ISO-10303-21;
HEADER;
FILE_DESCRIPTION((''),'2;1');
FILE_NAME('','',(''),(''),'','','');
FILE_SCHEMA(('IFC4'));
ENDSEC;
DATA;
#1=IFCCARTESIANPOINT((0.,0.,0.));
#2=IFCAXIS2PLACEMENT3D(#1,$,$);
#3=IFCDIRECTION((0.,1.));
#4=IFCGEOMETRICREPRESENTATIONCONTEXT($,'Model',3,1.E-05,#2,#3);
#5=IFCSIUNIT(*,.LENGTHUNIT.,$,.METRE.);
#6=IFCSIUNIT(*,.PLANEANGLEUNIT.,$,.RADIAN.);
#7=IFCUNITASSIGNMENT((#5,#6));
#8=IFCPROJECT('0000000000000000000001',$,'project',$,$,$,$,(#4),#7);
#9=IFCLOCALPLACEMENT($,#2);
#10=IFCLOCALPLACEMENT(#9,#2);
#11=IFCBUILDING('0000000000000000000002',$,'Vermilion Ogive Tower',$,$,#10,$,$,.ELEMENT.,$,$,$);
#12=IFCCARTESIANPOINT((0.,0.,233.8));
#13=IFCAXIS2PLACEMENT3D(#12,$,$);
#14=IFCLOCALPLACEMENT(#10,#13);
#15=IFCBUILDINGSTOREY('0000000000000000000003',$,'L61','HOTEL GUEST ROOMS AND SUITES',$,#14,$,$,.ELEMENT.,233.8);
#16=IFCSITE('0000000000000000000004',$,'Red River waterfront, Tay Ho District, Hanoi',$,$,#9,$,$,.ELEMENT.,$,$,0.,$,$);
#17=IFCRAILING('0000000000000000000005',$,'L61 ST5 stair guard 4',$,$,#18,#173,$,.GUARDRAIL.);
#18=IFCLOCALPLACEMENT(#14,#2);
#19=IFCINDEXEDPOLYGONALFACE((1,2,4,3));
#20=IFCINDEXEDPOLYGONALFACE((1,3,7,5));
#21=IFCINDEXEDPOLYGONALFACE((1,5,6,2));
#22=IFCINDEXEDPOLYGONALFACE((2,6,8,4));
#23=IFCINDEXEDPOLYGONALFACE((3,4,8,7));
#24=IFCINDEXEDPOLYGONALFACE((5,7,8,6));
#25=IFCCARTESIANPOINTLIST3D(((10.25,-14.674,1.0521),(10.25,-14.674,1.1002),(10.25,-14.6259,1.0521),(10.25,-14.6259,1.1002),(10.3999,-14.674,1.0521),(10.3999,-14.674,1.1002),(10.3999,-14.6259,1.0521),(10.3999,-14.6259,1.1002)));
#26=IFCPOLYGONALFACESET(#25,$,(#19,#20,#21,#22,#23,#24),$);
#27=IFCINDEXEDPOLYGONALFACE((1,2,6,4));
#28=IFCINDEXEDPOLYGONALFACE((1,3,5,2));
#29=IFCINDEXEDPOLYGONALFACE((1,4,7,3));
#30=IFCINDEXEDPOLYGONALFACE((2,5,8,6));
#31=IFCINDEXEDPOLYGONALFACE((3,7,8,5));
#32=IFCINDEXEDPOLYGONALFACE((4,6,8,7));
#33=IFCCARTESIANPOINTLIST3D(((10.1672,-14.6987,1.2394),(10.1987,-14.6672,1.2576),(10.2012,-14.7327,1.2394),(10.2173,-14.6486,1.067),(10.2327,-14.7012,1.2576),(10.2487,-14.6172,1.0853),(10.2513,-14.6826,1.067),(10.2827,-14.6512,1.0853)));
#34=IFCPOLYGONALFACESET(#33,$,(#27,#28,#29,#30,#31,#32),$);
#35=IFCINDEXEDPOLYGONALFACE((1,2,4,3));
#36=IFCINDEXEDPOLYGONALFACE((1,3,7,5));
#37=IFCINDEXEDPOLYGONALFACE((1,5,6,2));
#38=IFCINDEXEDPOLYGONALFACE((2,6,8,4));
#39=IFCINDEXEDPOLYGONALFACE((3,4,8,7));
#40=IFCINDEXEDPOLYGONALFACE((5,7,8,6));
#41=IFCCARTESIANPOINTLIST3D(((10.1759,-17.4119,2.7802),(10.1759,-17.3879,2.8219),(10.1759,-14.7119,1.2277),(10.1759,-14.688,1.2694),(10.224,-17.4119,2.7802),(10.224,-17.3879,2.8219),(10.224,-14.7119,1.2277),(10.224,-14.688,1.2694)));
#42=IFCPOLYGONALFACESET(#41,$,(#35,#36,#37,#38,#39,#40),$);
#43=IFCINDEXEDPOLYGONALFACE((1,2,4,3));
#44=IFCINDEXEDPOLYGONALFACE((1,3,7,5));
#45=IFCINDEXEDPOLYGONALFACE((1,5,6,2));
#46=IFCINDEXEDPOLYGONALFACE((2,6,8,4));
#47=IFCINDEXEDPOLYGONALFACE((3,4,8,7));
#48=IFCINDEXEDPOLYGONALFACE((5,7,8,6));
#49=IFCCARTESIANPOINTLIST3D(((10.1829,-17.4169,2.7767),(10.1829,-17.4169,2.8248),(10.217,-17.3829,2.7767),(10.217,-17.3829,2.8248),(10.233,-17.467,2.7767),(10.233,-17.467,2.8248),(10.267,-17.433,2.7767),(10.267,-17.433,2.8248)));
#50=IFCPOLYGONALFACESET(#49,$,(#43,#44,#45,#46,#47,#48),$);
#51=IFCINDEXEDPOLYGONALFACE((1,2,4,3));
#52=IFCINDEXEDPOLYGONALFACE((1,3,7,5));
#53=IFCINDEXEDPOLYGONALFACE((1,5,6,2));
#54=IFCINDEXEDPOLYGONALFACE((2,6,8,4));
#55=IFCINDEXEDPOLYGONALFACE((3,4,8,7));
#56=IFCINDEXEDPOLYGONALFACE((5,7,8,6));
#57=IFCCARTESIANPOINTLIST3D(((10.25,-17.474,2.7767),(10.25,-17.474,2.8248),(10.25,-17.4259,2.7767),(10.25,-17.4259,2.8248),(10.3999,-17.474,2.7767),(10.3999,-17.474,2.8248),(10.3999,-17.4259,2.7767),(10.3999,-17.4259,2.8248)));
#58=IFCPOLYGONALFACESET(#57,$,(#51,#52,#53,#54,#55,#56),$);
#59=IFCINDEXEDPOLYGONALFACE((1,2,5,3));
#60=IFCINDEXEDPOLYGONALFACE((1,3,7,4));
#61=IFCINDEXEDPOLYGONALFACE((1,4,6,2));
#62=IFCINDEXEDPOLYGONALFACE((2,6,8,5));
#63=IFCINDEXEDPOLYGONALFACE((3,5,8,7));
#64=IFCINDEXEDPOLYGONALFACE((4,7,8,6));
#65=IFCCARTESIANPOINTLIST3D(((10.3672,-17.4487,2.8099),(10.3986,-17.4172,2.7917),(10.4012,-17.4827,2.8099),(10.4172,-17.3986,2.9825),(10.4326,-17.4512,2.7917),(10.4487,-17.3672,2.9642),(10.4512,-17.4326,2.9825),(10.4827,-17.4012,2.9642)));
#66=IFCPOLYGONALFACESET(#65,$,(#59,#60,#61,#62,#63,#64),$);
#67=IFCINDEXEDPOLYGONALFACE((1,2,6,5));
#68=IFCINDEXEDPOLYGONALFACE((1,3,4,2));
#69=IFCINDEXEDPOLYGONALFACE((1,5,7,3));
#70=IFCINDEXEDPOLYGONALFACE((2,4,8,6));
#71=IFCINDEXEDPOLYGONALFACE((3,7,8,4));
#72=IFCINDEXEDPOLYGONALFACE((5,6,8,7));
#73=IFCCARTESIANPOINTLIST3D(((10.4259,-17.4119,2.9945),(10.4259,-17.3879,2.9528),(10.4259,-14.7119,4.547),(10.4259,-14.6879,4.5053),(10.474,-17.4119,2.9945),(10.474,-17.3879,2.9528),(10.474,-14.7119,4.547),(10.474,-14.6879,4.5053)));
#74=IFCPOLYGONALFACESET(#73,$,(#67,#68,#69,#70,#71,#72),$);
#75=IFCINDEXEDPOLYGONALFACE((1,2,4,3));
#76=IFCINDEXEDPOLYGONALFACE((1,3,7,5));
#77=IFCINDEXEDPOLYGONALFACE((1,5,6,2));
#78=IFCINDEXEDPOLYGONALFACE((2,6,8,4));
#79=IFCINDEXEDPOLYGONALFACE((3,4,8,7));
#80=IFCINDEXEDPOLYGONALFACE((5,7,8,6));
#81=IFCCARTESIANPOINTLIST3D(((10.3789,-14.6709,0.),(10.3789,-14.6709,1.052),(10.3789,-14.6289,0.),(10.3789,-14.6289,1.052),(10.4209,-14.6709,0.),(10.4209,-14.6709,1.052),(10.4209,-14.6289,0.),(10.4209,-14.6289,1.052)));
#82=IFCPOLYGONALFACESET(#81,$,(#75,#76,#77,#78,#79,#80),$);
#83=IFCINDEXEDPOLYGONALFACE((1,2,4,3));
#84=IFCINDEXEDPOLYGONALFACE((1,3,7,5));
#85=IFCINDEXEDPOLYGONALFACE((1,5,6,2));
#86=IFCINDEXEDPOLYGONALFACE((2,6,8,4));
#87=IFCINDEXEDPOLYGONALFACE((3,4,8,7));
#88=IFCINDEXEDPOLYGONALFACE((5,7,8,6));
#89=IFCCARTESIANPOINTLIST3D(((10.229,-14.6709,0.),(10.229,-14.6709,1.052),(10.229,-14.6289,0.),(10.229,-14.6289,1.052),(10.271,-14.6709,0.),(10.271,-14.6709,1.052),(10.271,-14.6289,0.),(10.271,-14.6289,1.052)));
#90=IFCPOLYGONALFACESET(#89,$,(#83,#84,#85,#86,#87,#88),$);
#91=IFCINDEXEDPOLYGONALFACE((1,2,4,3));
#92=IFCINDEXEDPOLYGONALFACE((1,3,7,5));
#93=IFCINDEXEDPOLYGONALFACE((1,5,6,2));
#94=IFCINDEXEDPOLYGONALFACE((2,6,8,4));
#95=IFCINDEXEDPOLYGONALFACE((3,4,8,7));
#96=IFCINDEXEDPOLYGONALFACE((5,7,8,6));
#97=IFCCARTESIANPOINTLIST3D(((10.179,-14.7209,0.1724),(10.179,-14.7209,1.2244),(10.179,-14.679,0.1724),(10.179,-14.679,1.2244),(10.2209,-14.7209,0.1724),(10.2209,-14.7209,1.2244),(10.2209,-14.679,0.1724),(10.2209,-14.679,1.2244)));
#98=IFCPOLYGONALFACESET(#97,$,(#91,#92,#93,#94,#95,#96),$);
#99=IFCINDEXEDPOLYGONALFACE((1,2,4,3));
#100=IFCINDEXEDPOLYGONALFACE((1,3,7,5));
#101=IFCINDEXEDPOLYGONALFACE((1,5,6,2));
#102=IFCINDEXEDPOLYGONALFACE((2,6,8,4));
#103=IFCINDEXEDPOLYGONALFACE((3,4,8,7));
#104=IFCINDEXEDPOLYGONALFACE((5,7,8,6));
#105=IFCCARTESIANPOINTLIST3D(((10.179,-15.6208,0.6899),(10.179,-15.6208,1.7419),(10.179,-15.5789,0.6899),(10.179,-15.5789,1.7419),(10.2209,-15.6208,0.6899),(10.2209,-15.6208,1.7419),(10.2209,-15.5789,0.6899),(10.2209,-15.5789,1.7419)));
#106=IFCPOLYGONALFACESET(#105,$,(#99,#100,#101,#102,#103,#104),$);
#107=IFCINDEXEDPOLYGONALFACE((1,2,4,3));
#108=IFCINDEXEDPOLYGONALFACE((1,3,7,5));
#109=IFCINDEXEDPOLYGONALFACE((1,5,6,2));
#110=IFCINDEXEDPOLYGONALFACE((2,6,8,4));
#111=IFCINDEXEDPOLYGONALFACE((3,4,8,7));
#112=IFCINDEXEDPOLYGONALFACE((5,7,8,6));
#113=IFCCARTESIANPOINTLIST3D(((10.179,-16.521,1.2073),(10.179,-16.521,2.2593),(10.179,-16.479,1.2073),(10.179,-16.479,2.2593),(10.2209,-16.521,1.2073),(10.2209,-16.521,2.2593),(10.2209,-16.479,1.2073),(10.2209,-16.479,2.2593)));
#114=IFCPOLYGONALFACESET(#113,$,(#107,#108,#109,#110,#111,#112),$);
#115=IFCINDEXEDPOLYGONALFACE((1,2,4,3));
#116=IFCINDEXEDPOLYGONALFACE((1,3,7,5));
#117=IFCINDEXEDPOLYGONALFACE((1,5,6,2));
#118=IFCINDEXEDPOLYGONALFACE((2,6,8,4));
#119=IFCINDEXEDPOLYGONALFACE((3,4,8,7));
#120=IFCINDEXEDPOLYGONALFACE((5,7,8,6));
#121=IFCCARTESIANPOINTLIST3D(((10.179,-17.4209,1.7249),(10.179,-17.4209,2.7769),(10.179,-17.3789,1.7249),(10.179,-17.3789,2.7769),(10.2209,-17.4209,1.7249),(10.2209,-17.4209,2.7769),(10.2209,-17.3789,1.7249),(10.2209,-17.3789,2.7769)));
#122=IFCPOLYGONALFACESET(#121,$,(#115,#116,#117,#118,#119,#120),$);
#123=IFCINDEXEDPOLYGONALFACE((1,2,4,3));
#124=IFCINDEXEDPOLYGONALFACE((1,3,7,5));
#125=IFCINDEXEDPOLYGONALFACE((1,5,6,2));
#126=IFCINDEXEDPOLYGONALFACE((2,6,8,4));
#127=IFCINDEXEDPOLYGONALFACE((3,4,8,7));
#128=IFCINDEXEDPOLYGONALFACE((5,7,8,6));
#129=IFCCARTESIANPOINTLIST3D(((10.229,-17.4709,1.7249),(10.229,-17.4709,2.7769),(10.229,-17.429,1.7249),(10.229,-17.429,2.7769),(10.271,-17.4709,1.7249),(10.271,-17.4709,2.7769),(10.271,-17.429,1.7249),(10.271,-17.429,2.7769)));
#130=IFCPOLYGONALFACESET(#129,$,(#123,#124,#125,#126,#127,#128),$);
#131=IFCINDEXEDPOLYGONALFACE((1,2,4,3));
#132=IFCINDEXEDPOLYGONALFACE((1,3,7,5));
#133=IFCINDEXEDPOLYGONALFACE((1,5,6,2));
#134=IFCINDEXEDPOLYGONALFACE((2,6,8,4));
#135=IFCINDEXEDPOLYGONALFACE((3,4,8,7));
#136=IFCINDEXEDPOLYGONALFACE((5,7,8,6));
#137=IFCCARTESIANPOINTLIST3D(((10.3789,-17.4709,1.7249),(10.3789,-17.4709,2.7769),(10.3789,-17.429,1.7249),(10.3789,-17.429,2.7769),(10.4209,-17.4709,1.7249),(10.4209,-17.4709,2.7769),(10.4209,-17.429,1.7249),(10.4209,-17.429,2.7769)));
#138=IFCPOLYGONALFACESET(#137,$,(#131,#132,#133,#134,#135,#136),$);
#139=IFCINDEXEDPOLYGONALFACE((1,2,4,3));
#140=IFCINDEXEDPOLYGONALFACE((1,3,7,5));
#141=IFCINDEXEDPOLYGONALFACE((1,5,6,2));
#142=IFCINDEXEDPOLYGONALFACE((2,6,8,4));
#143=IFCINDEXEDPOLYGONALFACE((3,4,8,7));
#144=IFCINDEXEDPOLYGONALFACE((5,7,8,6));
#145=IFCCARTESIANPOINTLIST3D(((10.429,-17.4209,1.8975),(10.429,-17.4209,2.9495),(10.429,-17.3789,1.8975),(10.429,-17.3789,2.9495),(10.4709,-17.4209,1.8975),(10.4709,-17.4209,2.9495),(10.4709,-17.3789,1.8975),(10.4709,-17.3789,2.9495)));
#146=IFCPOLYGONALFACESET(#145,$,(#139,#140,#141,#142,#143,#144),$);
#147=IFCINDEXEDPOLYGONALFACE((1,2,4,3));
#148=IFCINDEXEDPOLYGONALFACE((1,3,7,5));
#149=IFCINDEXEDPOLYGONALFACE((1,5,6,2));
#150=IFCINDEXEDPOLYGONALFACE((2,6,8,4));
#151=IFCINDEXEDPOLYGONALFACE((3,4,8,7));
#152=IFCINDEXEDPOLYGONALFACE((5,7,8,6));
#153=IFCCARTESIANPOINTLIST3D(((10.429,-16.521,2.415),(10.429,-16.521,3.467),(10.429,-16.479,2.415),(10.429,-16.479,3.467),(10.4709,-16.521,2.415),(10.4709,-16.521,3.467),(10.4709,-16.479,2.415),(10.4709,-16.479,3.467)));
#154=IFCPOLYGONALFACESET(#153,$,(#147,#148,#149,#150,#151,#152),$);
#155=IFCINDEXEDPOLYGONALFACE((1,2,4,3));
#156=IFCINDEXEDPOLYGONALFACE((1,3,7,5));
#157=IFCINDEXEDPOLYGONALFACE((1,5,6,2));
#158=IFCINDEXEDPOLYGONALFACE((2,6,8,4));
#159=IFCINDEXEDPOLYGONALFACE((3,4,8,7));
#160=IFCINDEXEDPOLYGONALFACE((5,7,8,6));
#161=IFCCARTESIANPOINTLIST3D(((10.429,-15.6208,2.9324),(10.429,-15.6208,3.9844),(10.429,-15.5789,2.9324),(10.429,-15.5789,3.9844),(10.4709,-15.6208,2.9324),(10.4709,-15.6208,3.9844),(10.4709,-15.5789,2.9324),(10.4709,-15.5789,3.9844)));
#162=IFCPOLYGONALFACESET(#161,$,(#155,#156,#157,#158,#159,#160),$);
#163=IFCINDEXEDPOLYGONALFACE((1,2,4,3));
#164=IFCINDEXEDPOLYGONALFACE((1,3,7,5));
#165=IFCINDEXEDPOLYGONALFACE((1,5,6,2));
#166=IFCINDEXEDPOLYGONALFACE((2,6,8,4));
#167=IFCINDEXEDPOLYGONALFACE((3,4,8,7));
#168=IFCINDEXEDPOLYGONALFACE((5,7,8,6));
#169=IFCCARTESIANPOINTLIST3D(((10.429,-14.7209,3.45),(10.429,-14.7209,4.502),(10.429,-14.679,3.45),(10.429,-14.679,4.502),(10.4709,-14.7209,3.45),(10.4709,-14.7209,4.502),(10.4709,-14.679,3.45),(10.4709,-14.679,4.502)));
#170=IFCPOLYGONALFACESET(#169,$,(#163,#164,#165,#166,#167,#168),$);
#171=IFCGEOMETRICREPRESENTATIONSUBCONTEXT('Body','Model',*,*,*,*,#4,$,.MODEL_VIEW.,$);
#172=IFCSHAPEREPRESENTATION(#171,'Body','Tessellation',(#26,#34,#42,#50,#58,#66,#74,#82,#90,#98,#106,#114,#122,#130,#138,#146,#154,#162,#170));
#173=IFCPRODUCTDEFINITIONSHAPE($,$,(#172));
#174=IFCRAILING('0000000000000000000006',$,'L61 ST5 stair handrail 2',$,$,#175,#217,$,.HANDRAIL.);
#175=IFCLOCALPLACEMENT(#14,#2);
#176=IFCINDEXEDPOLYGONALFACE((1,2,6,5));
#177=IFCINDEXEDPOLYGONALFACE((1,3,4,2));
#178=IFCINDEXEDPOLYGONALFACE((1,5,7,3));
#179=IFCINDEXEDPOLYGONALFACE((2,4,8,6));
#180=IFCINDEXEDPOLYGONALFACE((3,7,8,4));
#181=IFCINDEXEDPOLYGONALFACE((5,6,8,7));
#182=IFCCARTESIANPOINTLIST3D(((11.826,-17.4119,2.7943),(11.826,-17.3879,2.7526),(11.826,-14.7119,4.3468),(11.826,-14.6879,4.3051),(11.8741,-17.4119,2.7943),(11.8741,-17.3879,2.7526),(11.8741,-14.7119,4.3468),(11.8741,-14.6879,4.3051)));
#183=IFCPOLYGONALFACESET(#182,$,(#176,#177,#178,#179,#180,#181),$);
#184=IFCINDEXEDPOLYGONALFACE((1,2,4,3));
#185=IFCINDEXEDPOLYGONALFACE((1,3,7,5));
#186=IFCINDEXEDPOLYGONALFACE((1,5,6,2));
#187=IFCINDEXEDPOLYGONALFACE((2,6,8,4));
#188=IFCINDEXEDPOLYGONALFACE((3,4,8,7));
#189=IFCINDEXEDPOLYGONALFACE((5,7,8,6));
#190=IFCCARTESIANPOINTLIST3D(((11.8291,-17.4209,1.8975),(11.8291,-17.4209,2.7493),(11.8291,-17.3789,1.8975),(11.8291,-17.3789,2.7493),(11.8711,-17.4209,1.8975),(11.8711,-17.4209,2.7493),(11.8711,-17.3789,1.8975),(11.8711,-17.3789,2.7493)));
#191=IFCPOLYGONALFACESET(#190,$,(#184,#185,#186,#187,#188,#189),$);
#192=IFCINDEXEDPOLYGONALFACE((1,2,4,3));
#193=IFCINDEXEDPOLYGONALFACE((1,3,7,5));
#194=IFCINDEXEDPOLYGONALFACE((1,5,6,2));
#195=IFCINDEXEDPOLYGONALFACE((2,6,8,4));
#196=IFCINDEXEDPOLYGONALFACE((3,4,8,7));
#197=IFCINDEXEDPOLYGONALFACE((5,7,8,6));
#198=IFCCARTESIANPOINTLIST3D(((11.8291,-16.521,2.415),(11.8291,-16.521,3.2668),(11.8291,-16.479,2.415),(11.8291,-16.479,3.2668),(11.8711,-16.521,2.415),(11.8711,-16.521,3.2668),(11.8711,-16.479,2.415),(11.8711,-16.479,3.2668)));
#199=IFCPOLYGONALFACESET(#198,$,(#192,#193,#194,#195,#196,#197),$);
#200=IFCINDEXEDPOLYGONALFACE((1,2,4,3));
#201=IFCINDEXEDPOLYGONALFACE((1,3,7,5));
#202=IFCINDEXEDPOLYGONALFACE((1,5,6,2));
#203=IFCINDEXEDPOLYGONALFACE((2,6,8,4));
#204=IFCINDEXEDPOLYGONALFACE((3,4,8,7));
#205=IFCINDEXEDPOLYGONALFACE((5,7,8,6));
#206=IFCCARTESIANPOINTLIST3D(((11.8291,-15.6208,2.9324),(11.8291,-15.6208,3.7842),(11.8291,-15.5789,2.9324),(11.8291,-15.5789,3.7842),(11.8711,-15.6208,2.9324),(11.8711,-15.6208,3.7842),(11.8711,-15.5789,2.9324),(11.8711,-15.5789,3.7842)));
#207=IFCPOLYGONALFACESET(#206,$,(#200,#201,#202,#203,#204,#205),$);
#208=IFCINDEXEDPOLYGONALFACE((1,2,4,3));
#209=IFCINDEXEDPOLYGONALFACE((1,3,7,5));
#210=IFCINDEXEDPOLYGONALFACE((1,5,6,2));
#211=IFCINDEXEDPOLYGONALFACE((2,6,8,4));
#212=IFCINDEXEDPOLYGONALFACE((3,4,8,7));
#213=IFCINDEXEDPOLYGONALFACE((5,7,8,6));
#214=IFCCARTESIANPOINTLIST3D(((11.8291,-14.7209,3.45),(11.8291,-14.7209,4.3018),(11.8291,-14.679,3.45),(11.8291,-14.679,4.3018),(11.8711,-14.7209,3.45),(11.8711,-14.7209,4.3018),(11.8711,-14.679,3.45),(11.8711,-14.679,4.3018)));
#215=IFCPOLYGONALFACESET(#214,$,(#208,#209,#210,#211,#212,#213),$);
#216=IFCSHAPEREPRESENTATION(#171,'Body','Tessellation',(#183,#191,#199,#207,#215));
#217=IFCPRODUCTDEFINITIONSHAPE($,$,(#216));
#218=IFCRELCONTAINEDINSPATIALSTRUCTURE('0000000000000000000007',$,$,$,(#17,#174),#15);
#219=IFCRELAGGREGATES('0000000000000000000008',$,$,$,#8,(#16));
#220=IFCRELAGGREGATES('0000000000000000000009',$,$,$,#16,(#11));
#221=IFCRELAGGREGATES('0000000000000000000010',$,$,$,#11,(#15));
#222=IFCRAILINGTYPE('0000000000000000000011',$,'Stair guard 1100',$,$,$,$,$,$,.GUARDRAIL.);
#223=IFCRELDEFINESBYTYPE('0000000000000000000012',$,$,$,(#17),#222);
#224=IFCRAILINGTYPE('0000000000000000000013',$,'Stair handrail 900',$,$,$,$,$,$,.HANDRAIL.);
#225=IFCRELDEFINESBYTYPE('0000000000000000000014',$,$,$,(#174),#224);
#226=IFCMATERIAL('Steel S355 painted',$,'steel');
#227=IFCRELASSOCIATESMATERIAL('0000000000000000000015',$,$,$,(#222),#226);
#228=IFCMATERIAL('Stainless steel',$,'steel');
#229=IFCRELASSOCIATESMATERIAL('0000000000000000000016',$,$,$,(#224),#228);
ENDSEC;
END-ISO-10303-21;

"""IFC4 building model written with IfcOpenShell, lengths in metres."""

from ifc_helpers import new_model, si_unit, direction, frame, origin, origin_2d, place, context, subcontext, project, spatial, rectangle, extrude, material, type_object, element, save


model = new_model("IFC4")

# Units and contexts
model_context = context("Model", 3, precision=1e-05, world=origin(), true_north=direction((0.0, 1.0)))
body_context = subcontext(model_context, "Body", "Model", "MODEL_VIEW")
ifc_project = project(units=[si_unit("LENGTHUNIT", "METRE"), si_unit("PLANEANGLEUNIT", "RADIAN")], contexts=[model_context])

# Site, building, storey
site_placement = place(None, origin())
site = spatial("IfcSite", under=ifc_project, at=site_placement, Name="Red River waterfront, Tay Ho District, Hanoi", CompositionType="ELEMENT", RefElevation=0.0)
building_placement = place(site_placement, origin())
building = spatial("IfcBuilding", under=site, at=building_placement, Name="Vermilion Ogive Tower", CompositionType="ELEMENT")
storey_placement = place(building_placement, frame((0.0, 0.0, 233.8)))
storey = spatial("IfcBuildingStorey", under=building, at=storey_placement, Name="L61", Description="HOTEL GUEST ROOMS AND SUITES", CompositionType="ELEMENT", Elevation=233.8)

# Railings
ifc_material_1 = material(Name="Steel S355 painted", Category="steel")
railing_type_1 = type_object("IfcRailingType", Name="Stair guard 1100", PredefinedType="GUARDRAIL", material=ifc_material_1)
railing_1_placement = place(storey_placement, frame((10.3999, -14.6499, 0.0)))
element("IfcRailing", 1, at=railing_1_placement, inside=storey, type_object=railing_type_1, Name="L61 ST5 stair guard 4", PredefinedType="GUARDRAIL", context=body_context, shape_type="SweptSolid", body=[
    extrude(rectangle(XDim=0.0481, YDim=0.0481, at=origin_2d()), frame((0.0, 0.0, 1.0762), z_axis=(-1.0, 0.0, 0.0), x_axis=(0.0, -1.0, 0.0)), (0.0, 0.0, 1.0), 0.1499),
    extrude(rectangle(XDim=0.0481, YDim=0.0481, at=origin_2d()), frame((-0.1499, 0.0, 1.0762), z_axis=(-0.268603, -0.268603, 0.925043), x_axis=(0.707107, -0.707107, 0.0)), (0.0, 0.0, 1.0), 0.1863),
    extrude(rectangle(XDim=0.0481, YDim=0.0481, at=origin_2d()), frame((-0.2, -0.05, 1.2485), z_axis=(0.0, -0.866904, 0.498476), x_axis=(1.0, 0.0, 0.0)), (0.0, 0.0, 1.0), 3.1145),
    extrude(rectangle(XDim=0.0481, YDim=0.0481, at=origin_2d()), frame((-0.2, -2.75, 2.8008), z_axis=(0.707107, -0.707107, 0.0), x_axis=(0.707107, 0.707107, 0.0)), (0.0, 0.0, 1.0), 0.0708),
    extrude(rectangle(XDim=0.0481, YDim=0.0481, at=origin_2d()), frame((-0.1499, -2.8, 2.8008), z_axis=(1.0, 0.0, 0.0), x_axis=(0.0, 1.0, 0.0)), (0.0, 0.0, 1.0), 0.1499),
    extrude(rectangle(XDim=0.0481, YDim=0.0481, at=origin_2d()), frame((0.0, -2.8, 2.8008), z_axis=(0.268278, 0.268278, 0.925232), x_axis=(-0.707107, 0.707107, 0.0)), (0.0, 0.0, 1.0), 0.1865),
    extrude(rectangle(XDim=0.0481, YDim=0.0481, at=origin_2d()), frame((0.05, -2.75, 2.9736), z_axis=(0.0, 0.866904, 0.498476), x_axis=(-1.0, 0.0, 0.0)), (0.0, 0.0, 1.0), 3.1145),
    extrude(rectangle(XDim=0.042, YDim=0.042, at=origin_2d()), origin(), (0.0, 0.0, 1.0), 1.052),
    extrude(rectangle(XDim=0.042, YDim=0.042, at=origin_2d()), frame((-0.1499, 0.0, 0.0)), (0.0, 0.0, 1.0), 1.052),
    extrude(rectangle(XDim=0.042, YDim=0.042, at=origin_2d()), frame((-0.2, -0.05, 0.1724)), (0.0, 0.0, 1.0), 1.052),
    extrude(rectangle(XDim=0.042, YDim=0.042, at=origin_2d()), frame((-0.2, -0.95, 0.6899)), (0.0, 0.0, 1.0), 1.052),
    extrude(rectangle(XDim=0.042, YDim=0.042, at=origin_2d()), frame((-0.2, -1.8501, 1.2073)), (0.0, 0.0, 1.0), 1.052),
    extrude(rectangle(XDim=0.042, YDim=0.042, at=origin_2d()), frame((-0.2, -2.75, 1.7249)), (0.0, 0.0, 1.0), 1.052),
    extrude(rectangle(XDim=0.042, YDim=0.042, at=origin_2d()), frame((-0.1499, -2.8, 1.7249)), (0.0, 0.0, 1.0), 1.052),
    extrude(rectangle(XDim=0.042, YDim=0.042, at=origin_2d()), frame((0.0, -2.8, 1.7249)), (0.0, 0.0, 1.0), 1.052),
    extrude(rectangle(XDim=0.042, YDim=0.042, at=origin_2d()), frame((0.05, -2.75, 1.8975)), (0.0, 0.0, 1.0), 1.052),
    extrude(rectangle(XDim=0.042, YDim=0.042, at=origin_2d()), frame((0.05, -1.8501, 2.415)), (0.0, 0.0, 1.0), 1.052),
    extrude(rectangle(XDim=0.042, YDim=0.042, at=origin_2d()), frame((0.05, -0.95, 2.9324)), (0.0, 0.0, 1.0), 1.052),
    extrude(rectangle(XDim=0.042, YDim=0.042, at=origin_2d()), frame((0.05, -0.05, 3.45)), (0.0, 0.0, 1.0), 1.052),
])
ifc_material_2 = material(Name="Stainless steel", Category="steel")
railing_type_2 = type_object("IfcRailingType", Name="Stair handrail 900", PredefinedType="HANDRAIL", material=ifc_material_2)
railing_2_placement = place(storey_placement, frame((11.8501, -17.3999, 1.8975)))
element("IfcRailing", 2, at=railing_2_placement, inside=storey, type_object=railing_type_2, Name="L61 ST5 stair handrail 2", PredefinedType="HANDRAIL", context=body_context, shape_type="SweptSolid", body=[
    extrude(rectangle(XDim=0.0481, YDim=0.0481, at=origin_2d()), frame((0.0, 0.0, 0.876), z_axis=(0.0, 0.866904, 0.498476), x_axis=(-1.0, 0.0, 0.0)), (0.0, 0.0, 1.0), 3.1145),
    extrude(rectangle(XDim=0.042, YDim=0.042, at=origin_2d()), origin(), (0.0, 0.0, 1.0), 0.8518),
    extrude(rectangle(XDim=0.042, YDim=0.042, at=origin_2d()), frame((0.0, 0.8999, 0.5176)), (0.0, 0.0, 1.0), 0.8518),
    extrude(rectangle(XDim=0.042, YDim=0.042, at=origin_2d()), frame((0.0, 1.8, 1.0349)), (0.0, 0.0, 1.0), 0.8518),
    extrude(rectangle(XDim=0.042, YDim=0.042, at=origin_2d()), frame((0.0, 2.7, 1.5525)), (0.0, 0.0, 1.0), 0.8518),
])

save(model, "model.ifc")
